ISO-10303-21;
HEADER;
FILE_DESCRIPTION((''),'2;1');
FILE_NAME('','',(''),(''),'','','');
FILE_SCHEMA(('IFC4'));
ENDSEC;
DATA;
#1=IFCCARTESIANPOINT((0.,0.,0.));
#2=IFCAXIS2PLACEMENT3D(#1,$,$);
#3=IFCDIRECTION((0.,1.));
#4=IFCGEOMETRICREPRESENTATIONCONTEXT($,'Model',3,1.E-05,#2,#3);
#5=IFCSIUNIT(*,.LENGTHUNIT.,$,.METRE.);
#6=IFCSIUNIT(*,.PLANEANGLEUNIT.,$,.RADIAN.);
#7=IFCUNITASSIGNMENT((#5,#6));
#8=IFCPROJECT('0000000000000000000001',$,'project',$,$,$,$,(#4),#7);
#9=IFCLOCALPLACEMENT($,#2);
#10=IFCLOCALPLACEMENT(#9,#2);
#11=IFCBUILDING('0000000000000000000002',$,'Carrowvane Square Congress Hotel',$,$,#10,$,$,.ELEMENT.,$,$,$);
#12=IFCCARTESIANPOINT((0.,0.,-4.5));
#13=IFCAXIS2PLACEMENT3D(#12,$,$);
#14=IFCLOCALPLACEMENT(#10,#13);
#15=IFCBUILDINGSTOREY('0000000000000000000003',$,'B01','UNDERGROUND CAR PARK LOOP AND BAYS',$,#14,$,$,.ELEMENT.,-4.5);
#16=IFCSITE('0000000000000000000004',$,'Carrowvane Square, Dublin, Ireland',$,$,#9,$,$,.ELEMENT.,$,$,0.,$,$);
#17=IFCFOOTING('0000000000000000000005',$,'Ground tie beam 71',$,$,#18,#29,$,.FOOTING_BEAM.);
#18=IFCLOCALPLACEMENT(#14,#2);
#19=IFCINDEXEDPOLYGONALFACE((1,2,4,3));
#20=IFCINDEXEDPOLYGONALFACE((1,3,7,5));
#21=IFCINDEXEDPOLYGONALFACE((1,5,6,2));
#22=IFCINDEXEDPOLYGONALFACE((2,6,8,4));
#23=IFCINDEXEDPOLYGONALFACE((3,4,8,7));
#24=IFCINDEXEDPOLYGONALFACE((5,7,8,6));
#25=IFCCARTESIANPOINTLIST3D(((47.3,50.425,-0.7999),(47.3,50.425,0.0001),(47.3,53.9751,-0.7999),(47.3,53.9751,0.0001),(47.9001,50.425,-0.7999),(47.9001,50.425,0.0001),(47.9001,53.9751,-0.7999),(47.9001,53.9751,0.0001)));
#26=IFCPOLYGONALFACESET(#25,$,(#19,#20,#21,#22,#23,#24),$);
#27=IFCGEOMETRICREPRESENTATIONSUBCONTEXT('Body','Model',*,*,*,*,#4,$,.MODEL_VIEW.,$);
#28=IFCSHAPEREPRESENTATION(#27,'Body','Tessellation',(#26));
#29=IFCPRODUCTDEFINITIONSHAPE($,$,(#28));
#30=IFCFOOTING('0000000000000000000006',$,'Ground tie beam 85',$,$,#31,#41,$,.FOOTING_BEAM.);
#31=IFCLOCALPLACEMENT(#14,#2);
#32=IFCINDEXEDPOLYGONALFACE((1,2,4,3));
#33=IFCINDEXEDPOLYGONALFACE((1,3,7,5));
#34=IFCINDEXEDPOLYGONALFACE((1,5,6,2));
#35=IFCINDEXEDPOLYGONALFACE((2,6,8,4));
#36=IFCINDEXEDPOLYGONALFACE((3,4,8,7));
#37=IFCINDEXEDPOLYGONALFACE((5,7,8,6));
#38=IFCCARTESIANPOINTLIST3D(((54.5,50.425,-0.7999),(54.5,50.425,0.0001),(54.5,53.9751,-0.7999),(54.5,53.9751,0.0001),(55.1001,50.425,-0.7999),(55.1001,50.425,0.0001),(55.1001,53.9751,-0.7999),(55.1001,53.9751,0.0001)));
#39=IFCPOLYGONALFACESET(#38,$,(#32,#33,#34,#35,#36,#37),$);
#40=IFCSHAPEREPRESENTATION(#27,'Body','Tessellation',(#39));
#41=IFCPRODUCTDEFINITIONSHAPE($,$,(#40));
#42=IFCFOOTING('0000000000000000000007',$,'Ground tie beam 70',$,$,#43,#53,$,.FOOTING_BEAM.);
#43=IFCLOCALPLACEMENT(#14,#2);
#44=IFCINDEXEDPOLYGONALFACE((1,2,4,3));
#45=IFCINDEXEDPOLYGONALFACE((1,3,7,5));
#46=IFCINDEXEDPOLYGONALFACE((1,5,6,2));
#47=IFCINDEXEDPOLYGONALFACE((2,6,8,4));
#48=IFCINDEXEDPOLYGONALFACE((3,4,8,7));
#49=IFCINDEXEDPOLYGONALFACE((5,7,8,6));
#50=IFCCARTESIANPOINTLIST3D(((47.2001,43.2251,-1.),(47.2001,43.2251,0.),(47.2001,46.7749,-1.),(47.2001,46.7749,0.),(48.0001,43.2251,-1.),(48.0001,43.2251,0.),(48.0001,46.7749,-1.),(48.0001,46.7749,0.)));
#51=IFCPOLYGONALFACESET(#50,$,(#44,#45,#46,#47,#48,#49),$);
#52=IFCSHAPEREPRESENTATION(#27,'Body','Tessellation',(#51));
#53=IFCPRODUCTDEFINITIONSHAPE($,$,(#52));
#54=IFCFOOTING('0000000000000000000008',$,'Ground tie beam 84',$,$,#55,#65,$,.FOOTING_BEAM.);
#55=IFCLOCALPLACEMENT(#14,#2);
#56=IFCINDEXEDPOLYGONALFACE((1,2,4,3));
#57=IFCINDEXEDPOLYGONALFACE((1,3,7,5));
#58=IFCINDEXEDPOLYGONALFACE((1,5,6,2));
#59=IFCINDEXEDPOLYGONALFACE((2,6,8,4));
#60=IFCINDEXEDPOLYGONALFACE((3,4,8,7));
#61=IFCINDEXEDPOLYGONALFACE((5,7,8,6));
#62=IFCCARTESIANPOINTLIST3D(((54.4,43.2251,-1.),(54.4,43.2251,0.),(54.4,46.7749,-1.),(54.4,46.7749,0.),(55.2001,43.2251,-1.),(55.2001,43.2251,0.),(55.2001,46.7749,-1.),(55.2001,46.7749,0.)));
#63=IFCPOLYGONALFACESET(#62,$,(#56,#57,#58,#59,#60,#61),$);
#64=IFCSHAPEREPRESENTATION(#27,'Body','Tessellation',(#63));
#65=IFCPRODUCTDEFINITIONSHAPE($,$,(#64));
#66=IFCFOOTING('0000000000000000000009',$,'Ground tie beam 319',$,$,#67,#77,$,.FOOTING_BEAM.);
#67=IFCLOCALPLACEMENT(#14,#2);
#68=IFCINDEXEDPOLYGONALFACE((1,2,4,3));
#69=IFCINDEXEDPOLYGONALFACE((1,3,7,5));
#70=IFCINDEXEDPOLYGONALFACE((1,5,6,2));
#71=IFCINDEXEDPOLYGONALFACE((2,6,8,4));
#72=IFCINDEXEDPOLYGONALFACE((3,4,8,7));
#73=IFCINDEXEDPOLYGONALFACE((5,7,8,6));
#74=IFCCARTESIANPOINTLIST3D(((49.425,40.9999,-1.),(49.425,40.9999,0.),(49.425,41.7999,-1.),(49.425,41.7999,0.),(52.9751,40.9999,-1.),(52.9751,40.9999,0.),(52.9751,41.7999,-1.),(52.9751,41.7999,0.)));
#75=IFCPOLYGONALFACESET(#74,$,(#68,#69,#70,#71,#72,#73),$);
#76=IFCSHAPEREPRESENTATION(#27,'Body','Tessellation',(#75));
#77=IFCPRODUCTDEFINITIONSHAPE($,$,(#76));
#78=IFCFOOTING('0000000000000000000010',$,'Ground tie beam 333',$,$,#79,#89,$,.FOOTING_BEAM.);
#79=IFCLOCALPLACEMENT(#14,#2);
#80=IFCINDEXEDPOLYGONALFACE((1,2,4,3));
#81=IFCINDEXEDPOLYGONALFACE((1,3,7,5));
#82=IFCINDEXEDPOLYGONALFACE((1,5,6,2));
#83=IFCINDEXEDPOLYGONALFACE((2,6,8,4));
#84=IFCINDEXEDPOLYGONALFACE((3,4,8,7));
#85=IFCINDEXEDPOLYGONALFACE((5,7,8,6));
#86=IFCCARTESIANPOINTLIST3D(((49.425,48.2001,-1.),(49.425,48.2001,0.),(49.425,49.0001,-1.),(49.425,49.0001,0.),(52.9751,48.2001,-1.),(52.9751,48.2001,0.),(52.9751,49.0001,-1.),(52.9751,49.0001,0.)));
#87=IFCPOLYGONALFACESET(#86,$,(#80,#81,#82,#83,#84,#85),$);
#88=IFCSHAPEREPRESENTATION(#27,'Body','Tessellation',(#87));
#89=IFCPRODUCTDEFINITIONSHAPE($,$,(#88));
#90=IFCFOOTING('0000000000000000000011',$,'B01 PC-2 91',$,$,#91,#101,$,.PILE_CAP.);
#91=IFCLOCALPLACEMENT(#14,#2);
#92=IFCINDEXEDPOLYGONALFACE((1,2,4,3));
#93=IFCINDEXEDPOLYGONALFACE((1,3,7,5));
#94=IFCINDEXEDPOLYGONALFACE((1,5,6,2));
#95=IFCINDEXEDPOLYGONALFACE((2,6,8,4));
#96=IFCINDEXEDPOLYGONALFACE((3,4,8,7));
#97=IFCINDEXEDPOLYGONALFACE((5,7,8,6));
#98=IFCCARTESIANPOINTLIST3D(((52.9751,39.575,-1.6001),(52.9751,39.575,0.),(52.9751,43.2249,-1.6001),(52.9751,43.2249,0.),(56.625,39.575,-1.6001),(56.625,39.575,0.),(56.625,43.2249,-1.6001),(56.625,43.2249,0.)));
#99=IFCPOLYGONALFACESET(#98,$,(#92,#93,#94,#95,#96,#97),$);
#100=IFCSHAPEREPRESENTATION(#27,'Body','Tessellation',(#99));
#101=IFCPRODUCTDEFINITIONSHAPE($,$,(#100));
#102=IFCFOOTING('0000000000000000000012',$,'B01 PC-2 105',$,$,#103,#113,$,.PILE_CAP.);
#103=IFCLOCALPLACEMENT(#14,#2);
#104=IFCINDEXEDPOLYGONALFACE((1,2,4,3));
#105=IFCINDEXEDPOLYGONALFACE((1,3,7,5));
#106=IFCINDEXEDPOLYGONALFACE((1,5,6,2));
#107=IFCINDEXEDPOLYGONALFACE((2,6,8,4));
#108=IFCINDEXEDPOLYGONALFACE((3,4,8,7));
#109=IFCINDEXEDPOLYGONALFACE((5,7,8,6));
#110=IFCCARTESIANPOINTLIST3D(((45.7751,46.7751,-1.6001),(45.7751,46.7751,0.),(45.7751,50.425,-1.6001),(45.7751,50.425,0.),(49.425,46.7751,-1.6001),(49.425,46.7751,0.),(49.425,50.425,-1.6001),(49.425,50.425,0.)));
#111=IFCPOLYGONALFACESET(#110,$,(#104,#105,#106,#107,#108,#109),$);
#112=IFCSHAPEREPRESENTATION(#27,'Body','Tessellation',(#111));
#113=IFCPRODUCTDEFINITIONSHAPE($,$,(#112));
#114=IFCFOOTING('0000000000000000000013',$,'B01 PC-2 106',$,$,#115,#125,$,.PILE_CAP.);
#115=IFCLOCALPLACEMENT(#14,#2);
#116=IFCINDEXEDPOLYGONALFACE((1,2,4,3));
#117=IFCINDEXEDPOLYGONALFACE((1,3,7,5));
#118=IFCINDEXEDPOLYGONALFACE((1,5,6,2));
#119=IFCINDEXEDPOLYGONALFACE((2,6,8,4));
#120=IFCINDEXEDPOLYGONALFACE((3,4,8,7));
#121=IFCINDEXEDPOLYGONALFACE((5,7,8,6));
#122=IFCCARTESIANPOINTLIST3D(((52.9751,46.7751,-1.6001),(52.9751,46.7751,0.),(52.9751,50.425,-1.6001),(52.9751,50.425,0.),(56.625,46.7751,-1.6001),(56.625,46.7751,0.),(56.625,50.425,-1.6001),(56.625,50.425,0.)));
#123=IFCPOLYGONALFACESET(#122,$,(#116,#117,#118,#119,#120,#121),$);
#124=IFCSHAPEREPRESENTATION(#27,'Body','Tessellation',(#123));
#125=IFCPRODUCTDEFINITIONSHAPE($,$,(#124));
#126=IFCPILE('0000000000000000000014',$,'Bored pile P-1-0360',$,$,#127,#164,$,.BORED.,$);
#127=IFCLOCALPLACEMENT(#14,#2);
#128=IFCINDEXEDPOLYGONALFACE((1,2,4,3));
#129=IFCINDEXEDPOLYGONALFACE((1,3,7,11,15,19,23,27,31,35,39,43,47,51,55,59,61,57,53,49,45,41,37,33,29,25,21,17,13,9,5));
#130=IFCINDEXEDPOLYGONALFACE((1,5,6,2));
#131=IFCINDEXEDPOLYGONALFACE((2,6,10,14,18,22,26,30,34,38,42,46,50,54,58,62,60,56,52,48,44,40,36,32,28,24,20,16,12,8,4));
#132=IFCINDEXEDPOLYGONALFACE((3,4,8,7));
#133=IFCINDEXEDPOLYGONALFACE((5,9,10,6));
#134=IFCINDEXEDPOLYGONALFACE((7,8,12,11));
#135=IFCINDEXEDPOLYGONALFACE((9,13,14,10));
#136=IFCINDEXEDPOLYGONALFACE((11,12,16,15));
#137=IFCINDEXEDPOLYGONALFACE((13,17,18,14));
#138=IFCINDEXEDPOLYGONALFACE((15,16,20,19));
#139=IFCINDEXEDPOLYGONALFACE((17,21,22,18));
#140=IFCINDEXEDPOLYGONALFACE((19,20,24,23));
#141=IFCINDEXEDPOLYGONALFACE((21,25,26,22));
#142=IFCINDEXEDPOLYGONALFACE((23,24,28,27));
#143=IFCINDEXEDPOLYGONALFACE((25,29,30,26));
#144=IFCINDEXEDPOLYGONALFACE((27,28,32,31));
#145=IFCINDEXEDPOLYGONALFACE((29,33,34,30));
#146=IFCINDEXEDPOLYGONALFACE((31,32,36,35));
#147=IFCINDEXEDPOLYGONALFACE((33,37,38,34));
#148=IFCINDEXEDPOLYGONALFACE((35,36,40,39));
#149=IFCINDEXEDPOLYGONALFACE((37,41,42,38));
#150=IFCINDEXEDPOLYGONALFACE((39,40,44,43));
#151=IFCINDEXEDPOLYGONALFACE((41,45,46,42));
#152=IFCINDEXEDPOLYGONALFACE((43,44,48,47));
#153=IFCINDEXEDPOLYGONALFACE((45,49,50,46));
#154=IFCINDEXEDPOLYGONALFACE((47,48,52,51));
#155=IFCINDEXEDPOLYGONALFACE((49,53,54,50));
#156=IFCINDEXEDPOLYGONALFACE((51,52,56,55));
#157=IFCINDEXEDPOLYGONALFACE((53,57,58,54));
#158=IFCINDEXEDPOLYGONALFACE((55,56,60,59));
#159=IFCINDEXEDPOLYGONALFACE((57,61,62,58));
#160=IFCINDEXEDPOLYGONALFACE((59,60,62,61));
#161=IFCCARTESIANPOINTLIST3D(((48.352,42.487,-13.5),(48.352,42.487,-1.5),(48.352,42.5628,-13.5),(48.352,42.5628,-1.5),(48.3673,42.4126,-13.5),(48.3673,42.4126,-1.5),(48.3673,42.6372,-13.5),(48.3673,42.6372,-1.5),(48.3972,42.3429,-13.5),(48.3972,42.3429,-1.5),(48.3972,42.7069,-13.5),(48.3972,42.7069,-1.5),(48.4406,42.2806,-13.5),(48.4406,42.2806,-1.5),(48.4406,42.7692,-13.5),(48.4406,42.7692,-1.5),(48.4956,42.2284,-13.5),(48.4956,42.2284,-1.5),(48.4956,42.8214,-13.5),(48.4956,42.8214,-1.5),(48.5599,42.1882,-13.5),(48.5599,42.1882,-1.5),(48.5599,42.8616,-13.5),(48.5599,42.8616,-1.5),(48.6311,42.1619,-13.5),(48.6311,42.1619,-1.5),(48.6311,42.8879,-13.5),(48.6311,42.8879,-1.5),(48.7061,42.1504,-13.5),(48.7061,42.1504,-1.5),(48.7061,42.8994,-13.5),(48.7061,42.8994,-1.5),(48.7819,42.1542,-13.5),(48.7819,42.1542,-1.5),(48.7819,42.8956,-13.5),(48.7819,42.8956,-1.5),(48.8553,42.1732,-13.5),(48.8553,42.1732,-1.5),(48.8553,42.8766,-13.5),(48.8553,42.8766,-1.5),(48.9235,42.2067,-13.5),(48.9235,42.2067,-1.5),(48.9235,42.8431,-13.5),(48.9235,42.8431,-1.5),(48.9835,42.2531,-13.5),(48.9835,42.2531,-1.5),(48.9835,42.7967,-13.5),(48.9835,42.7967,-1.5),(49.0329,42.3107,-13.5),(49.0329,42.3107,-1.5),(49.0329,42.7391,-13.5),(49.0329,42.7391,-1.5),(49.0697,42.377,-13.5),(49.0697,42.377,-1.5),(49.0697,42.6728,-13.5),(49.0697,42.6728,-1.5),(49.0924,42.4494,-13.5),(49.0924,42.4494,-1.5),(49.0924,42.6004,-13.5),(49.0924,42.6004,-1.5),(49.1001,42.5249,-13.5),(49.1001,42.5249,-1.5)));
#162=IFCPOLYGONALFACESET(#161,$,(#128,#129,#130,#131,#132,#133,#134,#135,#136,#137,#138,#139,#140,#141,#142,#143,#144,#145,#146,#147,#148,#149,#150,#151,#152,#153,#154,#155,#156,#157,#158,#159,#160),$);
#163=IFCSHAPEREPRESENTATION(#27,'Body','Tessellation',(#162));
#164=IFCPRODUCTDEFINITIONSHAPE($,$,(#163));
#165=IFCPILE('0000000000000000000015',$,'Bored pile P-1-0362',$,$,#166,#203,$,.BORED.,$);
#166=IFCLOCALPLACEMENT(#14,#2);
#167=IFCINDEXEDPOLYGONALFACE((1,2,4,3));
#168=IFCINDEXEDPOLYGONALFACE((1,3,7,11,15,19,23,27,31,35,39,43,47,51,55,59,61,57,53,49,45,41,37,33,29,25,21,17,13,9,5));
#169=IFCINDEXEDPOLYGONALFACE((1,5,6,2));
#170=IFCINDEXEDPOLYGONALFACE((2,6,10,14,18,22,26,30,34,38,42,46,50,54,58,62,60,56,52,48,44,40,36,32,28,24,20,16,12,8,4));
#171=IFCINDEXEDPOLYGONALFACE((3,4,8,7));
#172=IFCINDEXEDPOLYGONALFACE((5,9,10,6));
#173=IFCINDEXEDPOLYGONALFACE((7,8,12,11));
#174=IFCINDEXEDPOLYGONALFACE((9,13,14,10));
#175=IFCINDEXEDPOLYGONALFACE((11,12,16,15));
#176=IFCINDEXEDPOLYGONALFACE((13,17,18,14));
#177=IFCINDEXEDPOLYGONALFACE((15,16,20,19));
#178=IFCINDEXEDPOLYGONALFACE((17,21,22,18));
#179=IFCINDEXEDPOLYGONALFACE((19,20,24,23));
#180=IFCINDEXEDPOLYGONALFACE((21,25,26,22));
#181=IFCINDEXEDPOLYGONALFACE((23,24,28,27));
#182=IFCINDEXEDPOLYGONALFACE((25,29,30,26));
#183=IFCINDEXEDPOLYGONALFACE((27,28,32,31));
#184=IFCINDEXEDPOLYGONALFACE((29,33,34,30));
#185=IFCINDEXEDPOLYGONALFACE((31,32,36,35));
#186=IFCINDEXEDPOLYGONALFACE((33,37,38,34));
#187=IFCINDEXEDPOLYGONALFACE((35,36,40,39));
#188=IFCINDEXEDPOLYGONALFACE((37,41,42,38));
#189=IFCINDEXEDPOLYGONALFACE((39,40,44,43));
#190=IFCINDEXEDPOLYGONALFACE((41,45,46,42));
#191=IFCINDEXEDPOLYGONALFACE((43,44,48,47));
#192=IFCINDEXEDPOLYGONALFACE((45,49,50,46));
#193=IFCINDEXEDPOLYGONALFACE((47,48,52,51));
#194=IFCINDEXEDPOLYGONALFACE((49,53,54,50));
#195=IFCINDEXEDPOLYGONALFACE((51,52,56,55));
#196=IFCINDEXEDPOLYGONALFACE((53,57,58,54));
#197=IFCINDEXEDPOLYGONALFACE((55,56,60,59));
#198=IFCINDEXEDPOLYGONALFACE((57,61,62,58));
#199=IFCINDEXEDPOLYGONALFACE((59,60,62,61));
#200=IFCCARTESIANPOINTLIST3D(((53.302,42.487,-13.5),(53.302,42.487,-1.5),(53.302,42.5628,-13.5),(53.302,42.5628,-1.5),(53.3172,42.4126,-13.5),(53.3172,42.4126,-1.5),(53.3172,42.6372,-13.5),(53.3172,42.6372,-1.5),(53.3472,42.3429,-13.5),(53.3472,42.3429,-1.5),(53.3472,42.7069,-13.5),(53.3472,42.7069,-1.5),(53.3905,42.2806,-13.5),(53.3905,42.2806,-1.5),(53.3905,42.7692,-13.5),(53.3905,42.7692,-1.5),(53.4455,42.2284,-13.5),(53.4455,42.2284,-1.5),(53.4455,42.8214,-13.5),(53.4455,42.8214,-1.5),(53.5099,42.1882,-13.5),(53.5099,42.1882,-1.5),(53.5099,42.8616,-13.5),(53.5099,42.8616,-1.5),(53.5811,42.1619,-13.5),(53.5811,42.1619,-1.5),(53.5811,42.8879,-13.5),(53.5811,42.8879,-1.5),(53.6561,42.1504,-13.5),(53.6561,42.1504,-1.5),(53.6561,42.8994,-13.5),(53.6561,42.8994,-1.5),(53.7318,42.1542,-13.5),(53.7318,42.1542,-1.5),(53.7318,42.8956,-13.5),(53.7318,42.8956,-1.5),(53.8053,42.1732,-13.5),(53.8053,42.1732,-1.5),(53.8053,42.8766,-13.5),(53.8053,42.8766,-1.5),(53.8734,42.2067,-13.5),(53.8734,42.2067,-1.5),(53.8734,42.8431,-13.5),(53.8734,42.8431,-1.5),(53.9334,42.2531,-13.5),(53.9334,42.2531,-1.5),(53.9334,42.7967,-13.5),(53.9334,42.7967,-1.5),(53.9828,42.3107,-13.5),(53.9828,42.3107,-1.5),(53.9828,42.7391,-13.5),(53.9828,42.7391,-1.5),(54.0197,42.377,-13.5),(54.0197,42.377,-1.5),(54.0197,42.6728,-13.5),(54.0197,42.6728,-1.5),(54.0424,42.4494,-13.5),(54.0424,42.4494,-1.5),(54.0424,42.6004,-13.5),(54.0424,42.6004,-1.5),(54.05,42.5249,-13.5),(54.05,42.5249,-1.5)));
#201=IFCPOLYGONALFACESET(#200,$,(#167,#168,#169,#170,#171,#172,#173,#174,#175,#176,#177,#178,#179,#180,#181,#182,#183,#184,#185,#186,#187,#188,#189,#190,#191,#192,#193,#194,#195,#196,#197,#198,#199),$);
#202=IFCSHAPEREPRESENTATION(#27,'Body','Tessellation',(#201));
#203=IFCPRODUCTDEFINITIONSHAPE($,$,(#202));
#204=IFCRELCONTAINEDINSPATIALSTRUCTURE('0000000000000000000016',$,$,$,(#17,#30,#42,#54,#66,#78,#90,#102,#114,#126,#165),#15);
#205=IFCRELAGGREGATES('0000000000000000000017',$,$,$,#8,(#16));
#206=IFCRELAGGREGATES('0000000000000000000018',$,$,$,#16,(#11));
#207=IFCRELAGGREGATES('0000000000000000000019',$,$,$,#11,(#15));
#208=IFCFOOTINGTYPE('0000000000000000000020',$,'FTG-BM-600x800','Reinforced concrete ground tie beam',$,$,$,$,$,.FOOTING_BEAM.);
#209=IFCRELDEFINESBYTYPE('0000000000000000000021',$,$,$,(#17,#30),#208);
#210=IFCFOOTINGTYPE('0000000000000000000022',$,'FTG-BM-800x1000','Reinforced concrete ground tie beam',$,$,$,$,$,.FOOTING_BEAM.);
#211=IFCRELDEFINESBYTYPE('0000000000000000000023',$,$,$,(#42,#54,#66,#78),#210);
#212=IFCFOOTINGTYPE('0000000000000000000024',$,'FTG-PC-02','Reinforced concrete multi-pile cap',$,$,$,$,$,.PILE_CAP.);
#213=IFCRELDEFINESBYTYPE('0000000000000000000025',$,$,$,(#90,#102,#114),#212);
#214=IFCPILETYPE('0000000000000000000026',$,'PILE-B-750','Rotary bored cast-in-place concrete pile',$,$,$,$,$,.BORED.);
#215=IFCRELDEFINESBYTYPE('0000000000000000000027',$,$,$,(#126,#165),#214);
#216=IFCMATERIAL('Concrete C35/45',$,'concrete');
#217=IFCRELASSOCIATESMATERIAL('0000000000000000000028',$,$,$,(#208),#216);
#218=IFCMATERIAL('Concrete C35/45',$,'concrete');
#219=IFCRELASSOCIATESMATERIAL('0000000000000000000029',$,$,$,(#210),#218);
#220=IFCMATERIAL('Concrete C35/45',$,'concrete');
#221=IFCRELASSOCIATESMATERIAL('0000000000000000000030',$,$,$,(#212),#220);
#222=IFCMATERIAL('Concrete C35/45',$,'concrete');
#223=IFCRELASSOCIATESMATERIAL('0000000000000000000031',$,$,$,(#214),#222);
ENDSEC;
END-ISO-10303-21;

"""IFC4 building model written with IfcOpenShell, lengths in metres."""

from ifc_helpers import new_model, si_unit, direction, frame, origin, origin_2d, place, context, subcontext, project, spatial, rectangle, circle, extrude, material, material_profile, profile_set, type_object, element, save


model = new_model("IFC4")

# Units and contexts
model_context = context("Model", 3, precision=1e-05, world=origin(), true_north=direction((0.0, 1.0)))
body_context = subcontext(model_context, "Body", "Model", "MODEL_VIEW")
ifc_project = project(units=[si_unit("LENGTHUNIT", "METRE"), si_unit("PLANEANGLEUNIT", "RADIAN")], contexts=[model_context])

# Site, building, storey
site_placement = place(None, origin())
site = spatial("IfcSite", under=ifc_project, at=site_placement, Name="Carrowvane Square, Dublin, Ireland", CompositionType="ELEMENT", RefElevation=0.0)
building_placement = place(site_placement, origin())
building = spatial("IfcBuilding", under=site, at=building_placement, Name="Carrowvane Square Congress Hotel", CompositionType="ELEMENT")
storey_placement = place(building_placement, frame((0.0, 0.0, -4.5)))
storey = spatial("IfcBuildingStorey", under=building, at=storey_placement, Name="B01", Description="UNDERGROUND CAR PARK LOOP AND BAYS", CompositionType="ELEMENT", Elevation=-4.5)

# Footings
ifc_material_1 = material(Name="Concrete C35/45", Category="concrete")
ifc_material_profile_1 = material_profile(ifc_material_1, rectangle(XDim=0.6001, YDim=0.8, at=origin_2d()), Name="RC 600x800")
ifc_profile_set_1 = profile_set([ifc_material_profile_1], Name="Concrete C35/45")
footing_type_1 = type_object("IfcFootingType", Name="FTG-BM-600x800", Description="Reinforced concrete ground tie beam", PredefinedType="FOOTING_BEAM", material=ifc_profile_set_1)
for number, where, z_axis, x_axis, name in (
    (1, (47.6001, 50.425, -0.3999), (0.0, 1.0, 0.0), (-1.0, 0.0, 0.0), "Ground tie beam 71"),
    (2, (54.8, 50.425, -0.3999), (0.0, 1.0, 0.0), (-1.0, 0.0, 0.0), "Ground tie beam 85"),
):
    element("IfcFooting", number, at=place(storey_placement, frame(where, z_axis=z_axis, x_axis=x_axis)), inside=storey, type_object=footing_type_1, Name=name, PredefinedType="FOOTING_BEAM", context=body_context, shape_type="SweptSolid", body=[
        extrude(rectangle(XDim=0.6001, YDim=0.8, at=origin_2d()), origin(), (0.0, 0.0, 1.0), 3.55),
    ])
ifc_material_2 = material(Name="Concrete C35/45", Category="concrete")
ifc_material_profile_2 = material_profile(ifc_material_2, rectangle(XDim=0.8, YDim=1.0, at=origin_2d()), Name="RC 800x1000")
ifc_profile_set_2 = profile_set([ifc_material_profile_2], Name="Concrete C35/45")
footing_type_2 = type_object("IfcFootingType", Name="FTG-BM-800x1000", Description="Reinforced concrete ground tie beam", PredefinedType="FOOTING_BEAM", material=ifc_profile_set_2)
for number, where, z_axis, x_axis, name in (
    (3, (47.6001, 43.2251, -0.5), (0.0, 1.0, 0.0), (-1.0, 0.0, 0.0), "Ground tie beam 70"),
    (4, (54.8, 43.2251, -0.5), (0.0, 1.0, 0.0), (-1.0, 0.0, 0.0), "Ground tie beam 84"),
):
    element("IfcFooting", number, at=place(storey_placement, frame(where, z_axis=z_axis, x_axis=x_axis)), inside=storey, type_object=footing_type_2, Name=name, PredefinedType="FOOTING_BEAM", context=body_context, shape_type="SweptSolid", body=[
        extrude(rectangle(XDim=0.8, YDim=1.0, at=origin_2d()), origin(), (0.0, 0.0, 1.0), 3.5498),
    ])
for number, where, z_axis, x_axis, name in (
    (5, (49.425, 41.3999, -0.5), (1.0, 0.0, 0.0), (0.0, 1.0, 0.0), "Ground tie beam 319"),
    (6, (49.425, 48.6001, -0.5), (1.0, 0.0, 0.0), (0.0, 1.0, 0.0), "Ground tie beam 333"),
):
    element("IfcFooting", number, at=place(storey_placement, frame(where, z_axis=z_axis, x_axis=x_axis)), inside=storey, type_object=footing_type_2, Name=name, PredefinedType="FOOTING_BEAM", context=body_context, shape_type="SweptSolid", body=[
        extrude(rectangle(XDim=0.8, YDim=1.0, at=origin_2d()), origin(), (0.0, 0.0, 1.0), 3.55),
    ])
ifc_material_3 = material(Name="Concrete C35/45", Category="concrete")
footing_type_3 = type_object("IfcFootingType", Name="FTG-PC-02", Description="Reinforced concrete multi-pile cap", PredefinedType="PILE_CAP", material=ifc_material_3)
for number, where, z_axis, x_axis, name in (
    (7, (54.8, 41.3999, -1.6001), (0.0, 0.0, 1.0), (1.0, 0.0, 0.0), "B01 PC-2 91"),
    (8, (47.6001, 48.6001, -1.6001), (0.0, 0.0, 1.0), (1.0, 0.0, 0.0), "B01 PC-2 105"),
    (9, (54.8, 48.6001, -1.6001), (0.0, 0.0, 1.0), (1.0, 0.0, 0.0), "B01 PC-2 106"),
):
    element("IfcFooting", number, at=place(storey_placement, frame(where, z_axis=z_axis, x_axis=x_axis)), inside=storey, type_object=footing_type_3, Name=name, PredefinedType="PILE_CAP", context=body_context, shape_type="SweptSolid", body=[
        extrude(rectangle(XDim=3.6499, YDim=3.6499, at=origin_2d()), origin(), (0.0, 0.0, 1.0), 1.6001),
    ])

# Piles
ifc_material_4 = material(Name="Concrete C35/45", Category="concrete")
ifc_material_profile_3 = material_profile(ifc_material_4, circle(Radius=0.375, at=origin_2d()), Name="PILE D750")
ifc_profile_set_3 = profile_set([ifc_material_profile_3], Name="Concrete C35/45")
pile_type = type_object("IfcPileType", Name="PILE-B-750", Description="Rotary bored cast-in-place concrete pile", PredefinedType="BORED", material=ifc_profile_set_3)
for number, where, z_axis, x_axis, name in (
    (10, (48.7251, 42.5249, -1.5), (0.0, 0.0, -1.0), (1.0, 0.0, 0.0), "Bored pile P-1-0360"),
    (11, (53.675, 42.5249, -1.5), (0.0, 0.0, -1.0), (1.0, 0.0, 0.0), "Bored pile P-1-0362"),
):
    element("IfcPile", number, at=place(storey_placement, frame(where, z_axis=z_axis, x_axis=x_axis)), inside=storey, type_object=pile_type, Name=name, PredefinedType="BORED", context=body_context, shape_type="SweptSolid", body=[
        extrude(circle(Radius=0.375, at=origin_2d()), origin(), (0.0, 0.0, 1.0), 12.0),
    ])

save(model, "model.ifc")
